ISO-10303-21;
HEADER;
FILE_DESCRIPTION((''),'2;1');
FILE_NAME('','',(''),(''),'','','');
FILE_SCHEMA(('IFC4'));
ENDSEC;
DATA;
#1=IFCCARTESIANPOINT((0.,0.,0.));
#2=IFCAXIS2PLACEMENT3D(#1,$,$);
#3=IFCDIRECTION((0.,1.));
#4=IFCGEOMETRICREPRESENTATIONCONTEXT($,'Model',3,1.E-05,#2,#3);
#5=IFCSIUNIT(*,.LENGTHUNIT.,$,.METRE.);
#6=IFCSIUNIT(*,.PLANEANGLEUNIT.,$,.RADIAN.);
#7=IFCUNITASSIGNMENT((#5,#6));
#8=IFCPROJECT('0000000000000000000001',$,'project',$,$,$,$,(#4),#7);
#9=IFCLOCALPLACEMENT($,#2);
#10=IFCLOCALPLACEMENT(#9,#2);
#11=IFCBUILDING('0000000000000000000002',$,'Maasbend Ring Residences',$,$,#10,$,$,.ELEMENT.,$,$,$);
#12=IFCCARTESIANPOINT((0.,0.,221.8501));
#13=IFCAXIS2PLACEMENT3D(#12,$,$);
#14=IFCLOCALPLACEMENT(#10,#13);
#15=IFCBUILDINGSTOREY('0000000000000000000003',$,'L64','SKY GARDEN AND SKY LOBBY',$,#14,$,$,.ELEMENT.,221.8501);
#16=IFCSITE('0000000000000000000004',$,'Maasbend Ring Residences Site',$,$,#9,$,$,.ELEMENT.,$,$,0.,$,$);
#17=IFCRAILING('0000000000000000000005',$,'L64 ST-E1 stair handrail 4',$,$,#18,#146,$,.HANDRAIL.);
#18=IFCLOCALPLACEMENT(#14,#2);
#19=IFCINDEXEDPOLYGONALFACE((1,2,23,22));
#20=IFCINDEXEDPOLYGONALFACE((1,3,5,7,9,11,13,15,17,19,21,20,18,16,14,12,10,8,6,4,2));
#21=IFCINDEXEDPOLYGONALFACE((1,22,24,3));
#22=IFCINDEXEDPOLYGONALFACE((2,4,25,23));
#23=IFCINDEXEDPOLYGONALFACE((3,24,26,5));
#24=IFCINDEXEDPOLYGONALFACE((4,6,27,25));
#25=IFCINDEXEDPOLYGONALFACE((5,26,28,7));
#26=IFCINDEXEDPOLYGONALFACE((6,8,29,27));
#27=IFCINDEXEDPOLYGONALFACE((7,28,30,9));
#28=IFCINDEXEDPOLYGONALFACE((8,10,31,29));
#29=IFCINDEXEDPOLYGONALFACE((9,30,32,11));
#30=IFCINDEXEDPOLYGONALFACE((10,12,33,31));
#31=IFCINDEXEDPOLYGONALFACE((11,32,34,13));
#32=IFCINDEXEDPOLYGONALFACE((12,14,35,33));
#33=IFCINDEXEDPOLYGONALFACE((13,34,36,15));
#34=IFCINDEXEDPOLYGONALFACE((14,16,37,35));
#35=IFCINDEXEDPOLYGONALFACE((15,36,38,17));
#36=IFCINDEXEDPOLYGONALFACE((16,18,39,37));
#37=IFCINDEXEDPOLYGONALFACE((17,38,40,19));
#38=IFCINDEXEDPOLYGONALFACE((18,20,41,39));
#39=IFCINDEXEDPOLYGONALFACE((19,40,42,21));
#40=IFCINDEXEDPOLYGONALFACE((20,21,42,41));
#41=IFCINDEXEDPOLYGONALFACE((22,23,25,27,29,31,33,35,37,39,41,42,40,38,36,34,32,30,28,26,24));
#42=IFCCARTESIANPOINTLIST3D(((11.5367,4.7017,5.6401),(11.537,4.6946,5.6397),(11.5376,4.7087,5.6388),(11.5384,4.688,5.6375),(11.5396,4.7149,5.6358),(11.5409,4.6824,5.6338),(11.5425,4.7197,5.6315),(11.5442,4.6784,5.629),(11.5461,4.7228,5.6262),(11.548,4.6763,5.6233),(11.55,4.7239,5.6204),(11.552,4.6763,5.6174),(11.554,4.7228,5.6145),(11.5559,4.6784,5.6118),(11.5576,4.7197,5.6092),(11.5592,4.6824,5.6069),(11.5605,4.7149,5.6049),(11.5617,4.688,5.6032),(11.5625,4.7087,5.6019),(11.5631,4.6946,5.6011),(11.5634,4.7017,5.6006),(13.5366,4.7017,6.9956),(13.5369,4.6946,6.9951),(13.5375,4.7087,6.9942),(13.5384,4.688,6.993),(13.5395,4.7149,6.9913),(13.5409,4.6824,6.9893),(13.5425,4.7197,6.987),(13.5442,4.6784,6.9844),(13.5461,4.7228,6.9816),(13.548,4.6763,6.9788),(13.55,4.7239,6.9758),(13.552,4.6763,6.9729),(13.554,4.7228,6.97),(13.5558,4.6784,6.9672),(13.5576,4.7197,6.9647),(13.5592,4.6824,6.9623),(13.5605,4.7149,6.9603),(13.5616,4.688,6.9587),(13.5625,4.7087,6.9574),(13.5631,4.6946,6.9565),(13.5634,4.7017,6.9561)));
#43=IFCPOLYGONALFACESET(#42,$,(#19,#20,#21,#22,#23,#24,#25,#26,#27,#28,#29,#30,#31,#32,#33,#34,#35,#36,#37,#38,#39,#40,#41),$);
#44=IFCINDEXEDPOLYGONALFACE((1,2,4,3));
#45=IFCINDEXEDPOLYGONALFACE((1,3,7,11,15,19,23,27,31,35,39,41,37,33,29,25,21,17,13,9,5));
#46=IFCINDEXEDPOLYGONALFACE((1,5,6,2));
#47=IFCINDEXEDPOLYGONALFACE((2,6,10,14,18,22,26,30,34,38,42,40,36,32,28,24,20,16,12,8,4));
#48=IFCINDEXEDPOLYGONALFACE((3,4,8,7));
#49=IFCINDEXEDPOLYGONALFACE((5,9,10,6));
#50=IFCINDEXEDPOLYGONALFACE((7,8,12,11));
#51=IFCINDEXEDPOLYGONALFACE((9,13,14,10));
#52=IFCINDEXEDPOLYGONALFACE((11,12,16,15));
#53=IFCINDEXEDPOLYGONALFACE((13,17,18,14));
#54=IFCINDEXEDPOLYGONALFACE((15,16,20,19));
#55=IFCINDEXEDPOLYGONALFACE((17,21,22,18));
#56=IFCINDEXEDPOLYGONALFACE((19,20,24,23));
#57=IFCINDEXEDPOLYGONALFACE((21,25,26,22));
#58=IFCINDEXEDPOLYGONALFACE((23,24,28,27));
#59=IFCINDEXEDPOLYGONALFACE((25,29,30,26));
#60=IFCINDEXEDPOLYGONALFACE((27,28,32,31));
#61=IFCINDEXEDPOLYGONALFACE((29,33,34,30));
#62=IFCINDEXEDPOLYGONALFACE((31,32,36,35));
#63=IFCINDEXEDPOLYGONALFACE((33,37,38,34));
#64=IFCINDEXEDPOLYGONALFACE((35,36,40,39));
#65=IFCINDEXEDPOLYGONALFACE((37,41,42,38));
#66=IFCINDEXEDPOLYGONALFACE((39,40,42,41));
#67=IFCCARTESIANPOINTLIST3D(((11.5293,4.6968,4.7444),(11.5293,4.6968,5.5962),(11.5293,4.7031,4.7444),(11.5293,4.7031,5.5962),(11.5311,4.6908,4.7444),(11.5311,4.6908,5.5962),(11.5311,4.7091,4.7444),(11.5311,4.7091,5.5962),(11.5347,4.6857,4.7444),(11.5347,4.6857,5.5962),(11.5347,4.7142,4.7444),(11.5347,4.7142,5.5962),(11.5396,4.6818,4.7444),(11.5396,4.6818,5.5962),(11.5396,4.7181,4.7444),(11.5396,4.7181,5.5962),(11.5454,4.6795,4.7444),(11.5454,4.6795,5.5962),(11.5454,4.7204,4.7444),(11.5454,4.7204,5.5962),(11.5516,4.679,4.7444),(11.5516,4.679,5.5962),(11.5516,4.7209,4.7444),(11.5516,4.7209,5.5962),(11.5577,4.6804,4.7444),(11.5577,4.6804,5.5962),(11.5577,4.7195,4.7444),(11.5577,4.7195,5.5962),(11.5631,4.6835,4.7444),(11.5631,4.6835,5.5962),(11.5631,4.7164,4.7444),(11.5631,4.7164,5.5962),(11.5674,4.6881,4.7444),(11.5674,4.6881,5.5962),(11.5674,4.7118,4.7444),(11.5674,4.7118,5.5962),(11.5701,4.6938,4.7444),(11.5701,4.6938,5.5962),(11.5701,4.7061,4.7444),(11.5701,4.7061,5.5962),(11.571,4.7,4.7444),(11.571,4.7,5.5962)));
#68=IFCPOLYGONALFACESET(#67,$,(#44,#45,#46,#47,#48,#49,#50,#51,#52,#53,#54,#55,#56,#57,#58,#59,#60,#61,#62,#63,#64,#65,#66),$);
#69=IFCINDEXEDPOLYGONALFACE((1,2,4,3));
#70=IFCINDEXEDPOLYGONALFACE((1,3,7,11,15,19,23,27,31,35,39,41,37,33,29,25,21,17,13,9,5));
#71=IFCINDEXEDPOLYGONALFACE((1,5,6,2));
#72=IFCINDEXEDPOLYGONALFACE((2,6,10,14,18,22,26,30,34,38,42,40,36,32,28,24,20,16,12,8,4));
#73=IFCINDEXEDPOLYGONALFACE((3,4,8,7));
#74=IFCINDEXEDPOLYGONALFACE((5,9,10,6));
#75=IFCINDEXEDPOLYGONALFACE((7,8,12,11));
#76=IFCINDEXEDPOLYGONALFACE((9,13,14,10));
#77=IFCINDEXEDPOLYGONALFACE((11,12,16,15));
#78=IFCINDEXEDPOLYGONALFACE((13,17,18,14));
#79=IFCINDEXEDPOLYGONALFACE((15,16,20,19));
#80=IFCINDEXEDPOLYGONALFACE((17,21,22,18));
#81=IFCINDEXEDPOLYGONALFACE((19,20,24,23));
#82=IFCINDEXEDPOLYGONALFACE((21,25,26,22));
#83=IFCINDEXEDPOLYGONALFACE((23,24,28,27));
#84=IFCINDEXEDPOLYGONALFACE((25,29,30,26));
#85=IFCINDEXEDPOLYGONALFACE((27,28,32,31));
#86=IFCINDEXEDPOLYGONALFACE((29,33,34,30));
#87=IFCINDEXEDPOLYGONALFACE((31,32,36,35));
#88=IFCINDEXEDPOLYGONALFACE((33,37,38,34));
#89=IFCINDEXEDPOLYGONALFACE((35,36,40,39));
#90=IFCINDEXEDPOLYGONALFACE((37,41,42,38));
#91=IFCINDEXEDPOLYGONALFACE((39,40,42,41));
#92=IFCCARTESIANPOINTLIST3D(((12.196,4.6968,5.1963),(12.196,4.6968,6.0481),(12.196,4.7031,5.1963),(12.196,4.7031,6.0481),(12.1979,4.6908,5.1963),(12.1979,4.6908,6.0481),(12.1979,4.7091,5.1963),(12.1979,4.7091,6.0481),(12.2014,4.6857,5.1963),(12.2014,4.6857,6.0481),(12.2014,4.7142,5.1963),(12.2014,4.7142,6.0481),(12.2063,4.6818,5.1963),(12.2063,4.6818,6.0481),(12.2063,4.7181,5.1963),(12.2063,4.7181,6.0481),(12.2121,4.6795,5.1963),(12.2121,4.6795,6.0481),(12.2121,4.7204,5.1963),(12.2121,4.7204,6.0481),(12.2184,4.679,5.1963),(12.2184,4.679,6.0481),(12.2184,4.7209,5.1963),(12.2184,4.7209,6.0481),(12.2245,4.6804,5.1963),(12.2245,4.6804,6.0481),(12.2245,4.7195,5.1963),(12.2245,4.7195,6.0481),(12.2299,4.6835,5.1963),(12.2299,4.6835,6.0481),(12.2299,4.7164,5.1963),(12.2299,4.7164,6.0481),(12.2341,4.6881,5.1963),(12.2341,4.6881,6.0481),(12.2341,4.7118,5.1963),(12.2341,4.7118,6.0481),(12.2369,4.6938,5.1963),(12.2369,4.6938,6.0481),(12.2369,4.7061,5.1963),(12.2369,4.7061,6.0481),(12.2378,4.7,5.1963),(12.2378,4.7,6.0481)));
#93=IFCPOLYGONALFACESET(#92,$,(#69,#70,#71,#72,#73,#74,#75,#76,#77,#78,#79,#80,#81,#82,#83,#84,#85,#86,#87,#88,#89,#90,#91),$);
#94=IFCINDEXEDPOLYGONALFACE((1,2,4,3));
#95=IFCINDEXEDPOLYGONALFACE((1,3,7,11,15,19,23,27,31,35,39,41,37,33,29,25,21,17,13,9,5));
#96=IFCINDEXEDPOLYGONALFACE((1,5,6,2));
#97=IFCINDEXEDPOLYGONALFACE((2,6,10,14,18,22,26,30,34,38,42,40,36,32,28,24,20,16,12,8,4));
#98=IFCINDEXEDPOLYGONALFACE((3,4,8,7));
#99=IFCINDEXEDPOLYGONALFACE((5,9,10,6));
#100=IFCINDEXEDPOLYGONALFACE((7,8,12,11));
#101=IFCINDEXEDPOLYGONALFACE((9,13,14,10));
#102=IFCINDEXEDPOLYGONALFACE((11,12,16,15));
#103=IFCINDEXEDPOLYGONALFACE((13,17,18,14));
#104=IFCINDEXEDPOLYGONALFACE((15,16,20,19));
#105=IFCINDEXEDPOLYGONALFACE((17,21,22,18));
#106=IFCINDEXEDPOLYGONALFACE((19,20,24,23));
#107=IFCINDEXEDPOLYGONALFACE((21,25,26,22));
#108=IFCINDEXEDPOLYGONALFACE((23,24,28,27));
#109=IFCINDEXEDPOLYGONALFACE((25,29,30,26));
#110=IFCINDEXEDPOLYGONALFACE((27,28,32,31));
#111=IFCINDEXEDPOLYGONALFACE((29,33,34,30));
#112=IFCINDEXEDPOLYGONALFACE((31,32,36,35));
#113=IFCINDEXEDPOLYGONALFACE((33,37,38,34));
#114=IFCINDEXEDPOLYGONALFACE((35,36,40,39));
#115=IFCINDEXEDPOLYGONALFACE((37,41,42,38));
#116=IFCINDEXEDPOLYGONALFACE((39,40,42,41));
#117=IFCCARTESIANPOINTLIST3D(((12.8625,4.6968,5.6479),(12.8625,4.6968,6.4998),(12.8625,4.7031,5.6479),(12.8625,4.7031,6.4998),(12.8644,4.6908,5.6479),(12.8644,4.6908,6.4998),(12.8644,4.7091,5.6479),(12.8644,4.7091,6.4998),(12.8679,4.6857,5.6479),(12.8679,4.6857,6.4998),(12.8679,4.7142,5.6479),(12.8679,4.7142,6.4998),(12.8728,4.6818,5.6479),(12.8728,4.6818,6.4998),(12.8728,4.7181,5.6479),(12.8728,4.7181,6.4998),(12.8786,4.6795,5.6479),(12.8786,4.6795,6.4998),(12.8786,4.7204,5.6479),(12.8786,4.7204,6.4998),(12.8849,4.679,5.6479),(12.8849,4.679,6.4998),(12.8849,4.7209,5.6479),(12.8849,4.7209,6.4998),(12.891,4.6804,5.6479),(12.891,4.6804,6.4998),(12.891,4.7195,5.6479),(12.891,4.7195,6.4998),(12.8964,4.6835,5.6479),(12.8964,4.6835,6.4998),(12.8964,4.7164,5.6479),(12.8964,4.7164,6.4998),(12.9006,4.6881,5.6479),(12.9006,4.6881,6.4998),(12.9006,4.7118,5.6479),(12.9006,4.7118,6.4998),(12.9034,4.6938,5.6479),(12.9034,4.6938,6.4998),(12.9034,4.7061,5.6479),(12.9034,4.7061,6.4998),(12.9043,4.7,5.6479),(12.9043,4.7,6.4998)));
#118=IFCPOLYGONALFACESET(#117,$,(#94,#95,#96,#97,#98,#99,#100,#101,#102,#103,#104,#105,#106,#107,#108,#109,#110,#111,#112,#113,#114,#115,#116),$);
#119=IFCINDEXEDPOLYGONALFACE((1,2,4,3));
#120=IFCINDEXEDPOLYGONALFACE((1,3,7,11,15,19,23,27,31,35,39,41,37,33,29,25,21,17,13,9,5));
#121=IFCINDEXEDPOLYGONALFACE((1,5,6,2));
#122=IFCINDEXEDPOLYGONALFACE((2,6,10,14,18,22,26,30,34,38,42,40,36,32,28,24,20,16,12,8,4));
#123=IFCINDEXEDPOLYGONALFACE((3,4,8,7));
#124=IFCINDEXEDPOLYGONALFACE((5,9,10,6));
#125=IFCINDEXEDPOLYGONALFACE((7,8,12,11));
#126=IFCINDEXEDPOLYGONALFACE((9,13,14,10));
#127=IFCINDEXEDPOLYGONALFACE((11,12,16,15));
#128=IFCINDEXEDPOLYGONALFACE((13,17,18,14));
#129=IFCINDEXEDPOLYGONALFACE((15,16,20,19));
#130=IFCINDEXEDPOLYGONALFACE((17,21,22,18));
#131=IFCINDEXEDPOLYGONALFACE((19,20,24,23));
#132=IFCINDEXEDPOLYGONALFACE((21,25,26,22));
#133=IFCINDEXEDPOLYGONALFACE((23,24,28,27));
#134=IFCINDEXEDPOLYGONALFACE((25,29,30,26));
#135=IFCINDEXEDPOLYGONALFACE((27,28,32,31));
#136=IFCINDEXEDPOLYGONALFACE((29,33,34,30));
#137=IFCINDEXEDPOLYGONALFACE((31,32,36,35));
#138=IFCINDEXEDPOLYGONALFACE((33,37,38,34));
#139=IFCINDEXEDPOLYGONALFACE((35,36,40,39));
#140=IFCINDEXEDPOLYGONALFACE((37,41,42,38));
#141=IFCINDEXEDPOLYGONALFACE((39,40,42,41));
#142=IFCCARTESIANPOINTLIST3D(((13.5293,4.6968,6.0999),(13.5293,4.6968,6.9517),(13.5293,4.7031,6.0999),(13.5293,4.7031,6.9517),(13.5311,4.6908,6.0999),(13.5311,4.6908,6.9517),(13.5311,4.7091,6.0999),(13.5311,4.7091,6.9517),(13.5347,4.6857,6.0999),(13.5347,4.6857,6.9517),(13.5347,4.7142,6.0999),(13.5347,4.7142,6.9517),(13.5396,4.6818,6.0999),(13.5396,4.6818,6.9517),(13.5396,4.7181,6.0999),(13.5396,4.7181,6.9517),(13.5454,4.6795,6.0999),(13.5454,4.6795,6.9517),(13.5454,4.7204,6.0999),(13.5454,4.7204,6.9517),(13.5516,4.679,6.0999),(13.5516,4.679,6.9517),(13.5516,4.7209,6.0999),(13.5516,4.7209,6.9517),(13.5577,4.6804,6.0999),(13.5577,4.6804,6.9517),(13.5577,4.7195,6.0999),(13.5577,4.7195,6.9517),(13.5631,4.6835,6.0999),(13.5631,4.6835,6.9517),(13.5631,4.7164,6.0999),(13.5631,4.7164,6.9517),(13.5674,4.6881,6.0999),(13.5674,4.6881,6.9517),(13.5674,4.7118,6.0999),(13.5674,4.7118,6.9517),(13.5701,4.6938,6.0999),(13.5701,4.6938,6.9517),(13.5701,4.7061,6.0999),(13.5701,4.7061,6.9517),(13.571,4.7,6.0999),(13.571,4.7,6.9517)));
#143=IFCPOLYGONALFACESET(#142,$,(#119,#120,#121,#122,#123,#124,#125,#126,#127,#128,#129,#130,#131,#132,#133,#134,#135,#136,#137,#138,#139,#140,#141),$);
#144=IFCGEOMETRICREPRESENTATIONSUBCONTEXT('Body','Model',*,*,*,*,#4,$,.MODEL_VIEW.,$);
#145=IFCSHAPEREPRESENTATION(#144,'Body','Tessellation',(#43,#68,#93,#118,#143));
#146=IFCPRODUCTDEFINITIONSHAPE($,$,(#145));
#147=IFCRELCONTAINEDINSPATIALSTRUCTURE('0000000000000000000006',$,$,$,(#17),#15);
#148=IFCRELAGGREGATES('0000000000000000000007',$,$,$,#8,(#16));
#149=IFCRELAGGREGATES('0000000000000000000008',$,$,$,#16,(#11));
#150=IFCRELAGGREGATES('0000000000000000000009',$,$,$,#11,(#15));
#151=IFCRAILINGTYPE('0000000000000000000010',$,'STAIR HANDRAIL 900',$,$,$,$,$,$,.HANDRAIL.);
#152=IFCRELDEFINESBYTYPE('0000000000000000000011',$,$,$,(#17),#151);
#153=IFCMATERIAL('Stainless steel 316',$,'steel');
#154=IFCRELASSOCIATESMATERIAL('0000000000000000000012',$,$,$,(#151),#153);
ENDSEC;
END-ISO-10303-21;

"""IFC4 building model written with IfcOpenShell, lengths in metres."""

from ifc_helpers import new_model, si_unit, direction, frame, origin, origin_2d, place, context, subcontext, project, spatial, circle, extrude, material, type_object, element, save


model = new_model("IFC4")

# Units and contexts
model_context = context("Model", 3, precision=1e-05, world=origin(), true_north=direction((0.0, 1.0)))
body_context = subcontext(model_context, "Body", "Model", "MODEL_VIEW")
ifc_project = project(units=[si_unit("LENGTHUNIT", "METRE"), si_unit("PLANEANGLEUNIT", "RADIAN")], contexts=[model_context])

# Site, building, storey
site_placement = place(None, origin())
site = spatial("IfcSite", under=ifc_project, at=site_placement, Name="Maasbend Ring Residences Site", CompositionType="ELEMENT", RefElevation=0.0)
building_placement = place(site_placement, origin())
building = spatial("IfcBuilding", under=site, at=building_placement, Name="Maasbend Ring Residences", CompositionType="ELEMENT")
storey_placement = place(building_placement, frame((0.0, 0.0, 221.8501)))
storey = spatial("IfcBuildingStorey", under=building, at=storey_placement, Name="L64", Description="SKY GARDEN AND SKY LOBBY", CompositionType="ELEMENT", Elevation=221.8501)

# Railing
ifc_material_1 = material(Name="Stainless steel 316", Category="steel")
railing_type_1 = type_object("IfcRailingType", Name="STAIR HANDRAIL 900", PredefinedType="HANDRAIL", material=ifc_material_1)
for number, where, name in (
    (1, (11.55, 4.7, 4.7444), "L64 ST-E1 stair handrail 4"),
):
    element("IfcRailing", number, at=place(storey_placement, frame(where)), inside=storey, type_object=railing_type_1, Name=name, PredefinedType="HANDRAIL", context=body_context, shape_type="SweptSolid", body=[
        extrude(circle(Radius=0.0239, at=origin_2d()), frame((0.0, 0.0, 0.876), z_axis=(0.827798, 0.0, 0.561027), x_axis=(0.0, 1.0, 0.0)), (0.0, 0.0, 1.0), 2.416),
        extrude(circle(Radius=0.021, at=origin_2d()), origin(), (0.0, 0.0, 1.0), 0.8518),
        extrude(circle(Radius=0.021, at=origin_2d()), frame((0.6667, 0.0, 0.4519)), (0.0, 0.0, 1.0), 0.8518),
        extrude(circle(Radius=0.021, at=origin_2d()), frame((1.3333, 0.0, 0.9036)), (0.0, 0.0, 1.0), 0.8518),
        extrude(circle(Radius=0.021, at=origin_2d()), frame((2.0, 0.0, 1.3555)), (0.0, 0.0, 1.0), 0.8518),
    ])

save(model, "model.ifc")
